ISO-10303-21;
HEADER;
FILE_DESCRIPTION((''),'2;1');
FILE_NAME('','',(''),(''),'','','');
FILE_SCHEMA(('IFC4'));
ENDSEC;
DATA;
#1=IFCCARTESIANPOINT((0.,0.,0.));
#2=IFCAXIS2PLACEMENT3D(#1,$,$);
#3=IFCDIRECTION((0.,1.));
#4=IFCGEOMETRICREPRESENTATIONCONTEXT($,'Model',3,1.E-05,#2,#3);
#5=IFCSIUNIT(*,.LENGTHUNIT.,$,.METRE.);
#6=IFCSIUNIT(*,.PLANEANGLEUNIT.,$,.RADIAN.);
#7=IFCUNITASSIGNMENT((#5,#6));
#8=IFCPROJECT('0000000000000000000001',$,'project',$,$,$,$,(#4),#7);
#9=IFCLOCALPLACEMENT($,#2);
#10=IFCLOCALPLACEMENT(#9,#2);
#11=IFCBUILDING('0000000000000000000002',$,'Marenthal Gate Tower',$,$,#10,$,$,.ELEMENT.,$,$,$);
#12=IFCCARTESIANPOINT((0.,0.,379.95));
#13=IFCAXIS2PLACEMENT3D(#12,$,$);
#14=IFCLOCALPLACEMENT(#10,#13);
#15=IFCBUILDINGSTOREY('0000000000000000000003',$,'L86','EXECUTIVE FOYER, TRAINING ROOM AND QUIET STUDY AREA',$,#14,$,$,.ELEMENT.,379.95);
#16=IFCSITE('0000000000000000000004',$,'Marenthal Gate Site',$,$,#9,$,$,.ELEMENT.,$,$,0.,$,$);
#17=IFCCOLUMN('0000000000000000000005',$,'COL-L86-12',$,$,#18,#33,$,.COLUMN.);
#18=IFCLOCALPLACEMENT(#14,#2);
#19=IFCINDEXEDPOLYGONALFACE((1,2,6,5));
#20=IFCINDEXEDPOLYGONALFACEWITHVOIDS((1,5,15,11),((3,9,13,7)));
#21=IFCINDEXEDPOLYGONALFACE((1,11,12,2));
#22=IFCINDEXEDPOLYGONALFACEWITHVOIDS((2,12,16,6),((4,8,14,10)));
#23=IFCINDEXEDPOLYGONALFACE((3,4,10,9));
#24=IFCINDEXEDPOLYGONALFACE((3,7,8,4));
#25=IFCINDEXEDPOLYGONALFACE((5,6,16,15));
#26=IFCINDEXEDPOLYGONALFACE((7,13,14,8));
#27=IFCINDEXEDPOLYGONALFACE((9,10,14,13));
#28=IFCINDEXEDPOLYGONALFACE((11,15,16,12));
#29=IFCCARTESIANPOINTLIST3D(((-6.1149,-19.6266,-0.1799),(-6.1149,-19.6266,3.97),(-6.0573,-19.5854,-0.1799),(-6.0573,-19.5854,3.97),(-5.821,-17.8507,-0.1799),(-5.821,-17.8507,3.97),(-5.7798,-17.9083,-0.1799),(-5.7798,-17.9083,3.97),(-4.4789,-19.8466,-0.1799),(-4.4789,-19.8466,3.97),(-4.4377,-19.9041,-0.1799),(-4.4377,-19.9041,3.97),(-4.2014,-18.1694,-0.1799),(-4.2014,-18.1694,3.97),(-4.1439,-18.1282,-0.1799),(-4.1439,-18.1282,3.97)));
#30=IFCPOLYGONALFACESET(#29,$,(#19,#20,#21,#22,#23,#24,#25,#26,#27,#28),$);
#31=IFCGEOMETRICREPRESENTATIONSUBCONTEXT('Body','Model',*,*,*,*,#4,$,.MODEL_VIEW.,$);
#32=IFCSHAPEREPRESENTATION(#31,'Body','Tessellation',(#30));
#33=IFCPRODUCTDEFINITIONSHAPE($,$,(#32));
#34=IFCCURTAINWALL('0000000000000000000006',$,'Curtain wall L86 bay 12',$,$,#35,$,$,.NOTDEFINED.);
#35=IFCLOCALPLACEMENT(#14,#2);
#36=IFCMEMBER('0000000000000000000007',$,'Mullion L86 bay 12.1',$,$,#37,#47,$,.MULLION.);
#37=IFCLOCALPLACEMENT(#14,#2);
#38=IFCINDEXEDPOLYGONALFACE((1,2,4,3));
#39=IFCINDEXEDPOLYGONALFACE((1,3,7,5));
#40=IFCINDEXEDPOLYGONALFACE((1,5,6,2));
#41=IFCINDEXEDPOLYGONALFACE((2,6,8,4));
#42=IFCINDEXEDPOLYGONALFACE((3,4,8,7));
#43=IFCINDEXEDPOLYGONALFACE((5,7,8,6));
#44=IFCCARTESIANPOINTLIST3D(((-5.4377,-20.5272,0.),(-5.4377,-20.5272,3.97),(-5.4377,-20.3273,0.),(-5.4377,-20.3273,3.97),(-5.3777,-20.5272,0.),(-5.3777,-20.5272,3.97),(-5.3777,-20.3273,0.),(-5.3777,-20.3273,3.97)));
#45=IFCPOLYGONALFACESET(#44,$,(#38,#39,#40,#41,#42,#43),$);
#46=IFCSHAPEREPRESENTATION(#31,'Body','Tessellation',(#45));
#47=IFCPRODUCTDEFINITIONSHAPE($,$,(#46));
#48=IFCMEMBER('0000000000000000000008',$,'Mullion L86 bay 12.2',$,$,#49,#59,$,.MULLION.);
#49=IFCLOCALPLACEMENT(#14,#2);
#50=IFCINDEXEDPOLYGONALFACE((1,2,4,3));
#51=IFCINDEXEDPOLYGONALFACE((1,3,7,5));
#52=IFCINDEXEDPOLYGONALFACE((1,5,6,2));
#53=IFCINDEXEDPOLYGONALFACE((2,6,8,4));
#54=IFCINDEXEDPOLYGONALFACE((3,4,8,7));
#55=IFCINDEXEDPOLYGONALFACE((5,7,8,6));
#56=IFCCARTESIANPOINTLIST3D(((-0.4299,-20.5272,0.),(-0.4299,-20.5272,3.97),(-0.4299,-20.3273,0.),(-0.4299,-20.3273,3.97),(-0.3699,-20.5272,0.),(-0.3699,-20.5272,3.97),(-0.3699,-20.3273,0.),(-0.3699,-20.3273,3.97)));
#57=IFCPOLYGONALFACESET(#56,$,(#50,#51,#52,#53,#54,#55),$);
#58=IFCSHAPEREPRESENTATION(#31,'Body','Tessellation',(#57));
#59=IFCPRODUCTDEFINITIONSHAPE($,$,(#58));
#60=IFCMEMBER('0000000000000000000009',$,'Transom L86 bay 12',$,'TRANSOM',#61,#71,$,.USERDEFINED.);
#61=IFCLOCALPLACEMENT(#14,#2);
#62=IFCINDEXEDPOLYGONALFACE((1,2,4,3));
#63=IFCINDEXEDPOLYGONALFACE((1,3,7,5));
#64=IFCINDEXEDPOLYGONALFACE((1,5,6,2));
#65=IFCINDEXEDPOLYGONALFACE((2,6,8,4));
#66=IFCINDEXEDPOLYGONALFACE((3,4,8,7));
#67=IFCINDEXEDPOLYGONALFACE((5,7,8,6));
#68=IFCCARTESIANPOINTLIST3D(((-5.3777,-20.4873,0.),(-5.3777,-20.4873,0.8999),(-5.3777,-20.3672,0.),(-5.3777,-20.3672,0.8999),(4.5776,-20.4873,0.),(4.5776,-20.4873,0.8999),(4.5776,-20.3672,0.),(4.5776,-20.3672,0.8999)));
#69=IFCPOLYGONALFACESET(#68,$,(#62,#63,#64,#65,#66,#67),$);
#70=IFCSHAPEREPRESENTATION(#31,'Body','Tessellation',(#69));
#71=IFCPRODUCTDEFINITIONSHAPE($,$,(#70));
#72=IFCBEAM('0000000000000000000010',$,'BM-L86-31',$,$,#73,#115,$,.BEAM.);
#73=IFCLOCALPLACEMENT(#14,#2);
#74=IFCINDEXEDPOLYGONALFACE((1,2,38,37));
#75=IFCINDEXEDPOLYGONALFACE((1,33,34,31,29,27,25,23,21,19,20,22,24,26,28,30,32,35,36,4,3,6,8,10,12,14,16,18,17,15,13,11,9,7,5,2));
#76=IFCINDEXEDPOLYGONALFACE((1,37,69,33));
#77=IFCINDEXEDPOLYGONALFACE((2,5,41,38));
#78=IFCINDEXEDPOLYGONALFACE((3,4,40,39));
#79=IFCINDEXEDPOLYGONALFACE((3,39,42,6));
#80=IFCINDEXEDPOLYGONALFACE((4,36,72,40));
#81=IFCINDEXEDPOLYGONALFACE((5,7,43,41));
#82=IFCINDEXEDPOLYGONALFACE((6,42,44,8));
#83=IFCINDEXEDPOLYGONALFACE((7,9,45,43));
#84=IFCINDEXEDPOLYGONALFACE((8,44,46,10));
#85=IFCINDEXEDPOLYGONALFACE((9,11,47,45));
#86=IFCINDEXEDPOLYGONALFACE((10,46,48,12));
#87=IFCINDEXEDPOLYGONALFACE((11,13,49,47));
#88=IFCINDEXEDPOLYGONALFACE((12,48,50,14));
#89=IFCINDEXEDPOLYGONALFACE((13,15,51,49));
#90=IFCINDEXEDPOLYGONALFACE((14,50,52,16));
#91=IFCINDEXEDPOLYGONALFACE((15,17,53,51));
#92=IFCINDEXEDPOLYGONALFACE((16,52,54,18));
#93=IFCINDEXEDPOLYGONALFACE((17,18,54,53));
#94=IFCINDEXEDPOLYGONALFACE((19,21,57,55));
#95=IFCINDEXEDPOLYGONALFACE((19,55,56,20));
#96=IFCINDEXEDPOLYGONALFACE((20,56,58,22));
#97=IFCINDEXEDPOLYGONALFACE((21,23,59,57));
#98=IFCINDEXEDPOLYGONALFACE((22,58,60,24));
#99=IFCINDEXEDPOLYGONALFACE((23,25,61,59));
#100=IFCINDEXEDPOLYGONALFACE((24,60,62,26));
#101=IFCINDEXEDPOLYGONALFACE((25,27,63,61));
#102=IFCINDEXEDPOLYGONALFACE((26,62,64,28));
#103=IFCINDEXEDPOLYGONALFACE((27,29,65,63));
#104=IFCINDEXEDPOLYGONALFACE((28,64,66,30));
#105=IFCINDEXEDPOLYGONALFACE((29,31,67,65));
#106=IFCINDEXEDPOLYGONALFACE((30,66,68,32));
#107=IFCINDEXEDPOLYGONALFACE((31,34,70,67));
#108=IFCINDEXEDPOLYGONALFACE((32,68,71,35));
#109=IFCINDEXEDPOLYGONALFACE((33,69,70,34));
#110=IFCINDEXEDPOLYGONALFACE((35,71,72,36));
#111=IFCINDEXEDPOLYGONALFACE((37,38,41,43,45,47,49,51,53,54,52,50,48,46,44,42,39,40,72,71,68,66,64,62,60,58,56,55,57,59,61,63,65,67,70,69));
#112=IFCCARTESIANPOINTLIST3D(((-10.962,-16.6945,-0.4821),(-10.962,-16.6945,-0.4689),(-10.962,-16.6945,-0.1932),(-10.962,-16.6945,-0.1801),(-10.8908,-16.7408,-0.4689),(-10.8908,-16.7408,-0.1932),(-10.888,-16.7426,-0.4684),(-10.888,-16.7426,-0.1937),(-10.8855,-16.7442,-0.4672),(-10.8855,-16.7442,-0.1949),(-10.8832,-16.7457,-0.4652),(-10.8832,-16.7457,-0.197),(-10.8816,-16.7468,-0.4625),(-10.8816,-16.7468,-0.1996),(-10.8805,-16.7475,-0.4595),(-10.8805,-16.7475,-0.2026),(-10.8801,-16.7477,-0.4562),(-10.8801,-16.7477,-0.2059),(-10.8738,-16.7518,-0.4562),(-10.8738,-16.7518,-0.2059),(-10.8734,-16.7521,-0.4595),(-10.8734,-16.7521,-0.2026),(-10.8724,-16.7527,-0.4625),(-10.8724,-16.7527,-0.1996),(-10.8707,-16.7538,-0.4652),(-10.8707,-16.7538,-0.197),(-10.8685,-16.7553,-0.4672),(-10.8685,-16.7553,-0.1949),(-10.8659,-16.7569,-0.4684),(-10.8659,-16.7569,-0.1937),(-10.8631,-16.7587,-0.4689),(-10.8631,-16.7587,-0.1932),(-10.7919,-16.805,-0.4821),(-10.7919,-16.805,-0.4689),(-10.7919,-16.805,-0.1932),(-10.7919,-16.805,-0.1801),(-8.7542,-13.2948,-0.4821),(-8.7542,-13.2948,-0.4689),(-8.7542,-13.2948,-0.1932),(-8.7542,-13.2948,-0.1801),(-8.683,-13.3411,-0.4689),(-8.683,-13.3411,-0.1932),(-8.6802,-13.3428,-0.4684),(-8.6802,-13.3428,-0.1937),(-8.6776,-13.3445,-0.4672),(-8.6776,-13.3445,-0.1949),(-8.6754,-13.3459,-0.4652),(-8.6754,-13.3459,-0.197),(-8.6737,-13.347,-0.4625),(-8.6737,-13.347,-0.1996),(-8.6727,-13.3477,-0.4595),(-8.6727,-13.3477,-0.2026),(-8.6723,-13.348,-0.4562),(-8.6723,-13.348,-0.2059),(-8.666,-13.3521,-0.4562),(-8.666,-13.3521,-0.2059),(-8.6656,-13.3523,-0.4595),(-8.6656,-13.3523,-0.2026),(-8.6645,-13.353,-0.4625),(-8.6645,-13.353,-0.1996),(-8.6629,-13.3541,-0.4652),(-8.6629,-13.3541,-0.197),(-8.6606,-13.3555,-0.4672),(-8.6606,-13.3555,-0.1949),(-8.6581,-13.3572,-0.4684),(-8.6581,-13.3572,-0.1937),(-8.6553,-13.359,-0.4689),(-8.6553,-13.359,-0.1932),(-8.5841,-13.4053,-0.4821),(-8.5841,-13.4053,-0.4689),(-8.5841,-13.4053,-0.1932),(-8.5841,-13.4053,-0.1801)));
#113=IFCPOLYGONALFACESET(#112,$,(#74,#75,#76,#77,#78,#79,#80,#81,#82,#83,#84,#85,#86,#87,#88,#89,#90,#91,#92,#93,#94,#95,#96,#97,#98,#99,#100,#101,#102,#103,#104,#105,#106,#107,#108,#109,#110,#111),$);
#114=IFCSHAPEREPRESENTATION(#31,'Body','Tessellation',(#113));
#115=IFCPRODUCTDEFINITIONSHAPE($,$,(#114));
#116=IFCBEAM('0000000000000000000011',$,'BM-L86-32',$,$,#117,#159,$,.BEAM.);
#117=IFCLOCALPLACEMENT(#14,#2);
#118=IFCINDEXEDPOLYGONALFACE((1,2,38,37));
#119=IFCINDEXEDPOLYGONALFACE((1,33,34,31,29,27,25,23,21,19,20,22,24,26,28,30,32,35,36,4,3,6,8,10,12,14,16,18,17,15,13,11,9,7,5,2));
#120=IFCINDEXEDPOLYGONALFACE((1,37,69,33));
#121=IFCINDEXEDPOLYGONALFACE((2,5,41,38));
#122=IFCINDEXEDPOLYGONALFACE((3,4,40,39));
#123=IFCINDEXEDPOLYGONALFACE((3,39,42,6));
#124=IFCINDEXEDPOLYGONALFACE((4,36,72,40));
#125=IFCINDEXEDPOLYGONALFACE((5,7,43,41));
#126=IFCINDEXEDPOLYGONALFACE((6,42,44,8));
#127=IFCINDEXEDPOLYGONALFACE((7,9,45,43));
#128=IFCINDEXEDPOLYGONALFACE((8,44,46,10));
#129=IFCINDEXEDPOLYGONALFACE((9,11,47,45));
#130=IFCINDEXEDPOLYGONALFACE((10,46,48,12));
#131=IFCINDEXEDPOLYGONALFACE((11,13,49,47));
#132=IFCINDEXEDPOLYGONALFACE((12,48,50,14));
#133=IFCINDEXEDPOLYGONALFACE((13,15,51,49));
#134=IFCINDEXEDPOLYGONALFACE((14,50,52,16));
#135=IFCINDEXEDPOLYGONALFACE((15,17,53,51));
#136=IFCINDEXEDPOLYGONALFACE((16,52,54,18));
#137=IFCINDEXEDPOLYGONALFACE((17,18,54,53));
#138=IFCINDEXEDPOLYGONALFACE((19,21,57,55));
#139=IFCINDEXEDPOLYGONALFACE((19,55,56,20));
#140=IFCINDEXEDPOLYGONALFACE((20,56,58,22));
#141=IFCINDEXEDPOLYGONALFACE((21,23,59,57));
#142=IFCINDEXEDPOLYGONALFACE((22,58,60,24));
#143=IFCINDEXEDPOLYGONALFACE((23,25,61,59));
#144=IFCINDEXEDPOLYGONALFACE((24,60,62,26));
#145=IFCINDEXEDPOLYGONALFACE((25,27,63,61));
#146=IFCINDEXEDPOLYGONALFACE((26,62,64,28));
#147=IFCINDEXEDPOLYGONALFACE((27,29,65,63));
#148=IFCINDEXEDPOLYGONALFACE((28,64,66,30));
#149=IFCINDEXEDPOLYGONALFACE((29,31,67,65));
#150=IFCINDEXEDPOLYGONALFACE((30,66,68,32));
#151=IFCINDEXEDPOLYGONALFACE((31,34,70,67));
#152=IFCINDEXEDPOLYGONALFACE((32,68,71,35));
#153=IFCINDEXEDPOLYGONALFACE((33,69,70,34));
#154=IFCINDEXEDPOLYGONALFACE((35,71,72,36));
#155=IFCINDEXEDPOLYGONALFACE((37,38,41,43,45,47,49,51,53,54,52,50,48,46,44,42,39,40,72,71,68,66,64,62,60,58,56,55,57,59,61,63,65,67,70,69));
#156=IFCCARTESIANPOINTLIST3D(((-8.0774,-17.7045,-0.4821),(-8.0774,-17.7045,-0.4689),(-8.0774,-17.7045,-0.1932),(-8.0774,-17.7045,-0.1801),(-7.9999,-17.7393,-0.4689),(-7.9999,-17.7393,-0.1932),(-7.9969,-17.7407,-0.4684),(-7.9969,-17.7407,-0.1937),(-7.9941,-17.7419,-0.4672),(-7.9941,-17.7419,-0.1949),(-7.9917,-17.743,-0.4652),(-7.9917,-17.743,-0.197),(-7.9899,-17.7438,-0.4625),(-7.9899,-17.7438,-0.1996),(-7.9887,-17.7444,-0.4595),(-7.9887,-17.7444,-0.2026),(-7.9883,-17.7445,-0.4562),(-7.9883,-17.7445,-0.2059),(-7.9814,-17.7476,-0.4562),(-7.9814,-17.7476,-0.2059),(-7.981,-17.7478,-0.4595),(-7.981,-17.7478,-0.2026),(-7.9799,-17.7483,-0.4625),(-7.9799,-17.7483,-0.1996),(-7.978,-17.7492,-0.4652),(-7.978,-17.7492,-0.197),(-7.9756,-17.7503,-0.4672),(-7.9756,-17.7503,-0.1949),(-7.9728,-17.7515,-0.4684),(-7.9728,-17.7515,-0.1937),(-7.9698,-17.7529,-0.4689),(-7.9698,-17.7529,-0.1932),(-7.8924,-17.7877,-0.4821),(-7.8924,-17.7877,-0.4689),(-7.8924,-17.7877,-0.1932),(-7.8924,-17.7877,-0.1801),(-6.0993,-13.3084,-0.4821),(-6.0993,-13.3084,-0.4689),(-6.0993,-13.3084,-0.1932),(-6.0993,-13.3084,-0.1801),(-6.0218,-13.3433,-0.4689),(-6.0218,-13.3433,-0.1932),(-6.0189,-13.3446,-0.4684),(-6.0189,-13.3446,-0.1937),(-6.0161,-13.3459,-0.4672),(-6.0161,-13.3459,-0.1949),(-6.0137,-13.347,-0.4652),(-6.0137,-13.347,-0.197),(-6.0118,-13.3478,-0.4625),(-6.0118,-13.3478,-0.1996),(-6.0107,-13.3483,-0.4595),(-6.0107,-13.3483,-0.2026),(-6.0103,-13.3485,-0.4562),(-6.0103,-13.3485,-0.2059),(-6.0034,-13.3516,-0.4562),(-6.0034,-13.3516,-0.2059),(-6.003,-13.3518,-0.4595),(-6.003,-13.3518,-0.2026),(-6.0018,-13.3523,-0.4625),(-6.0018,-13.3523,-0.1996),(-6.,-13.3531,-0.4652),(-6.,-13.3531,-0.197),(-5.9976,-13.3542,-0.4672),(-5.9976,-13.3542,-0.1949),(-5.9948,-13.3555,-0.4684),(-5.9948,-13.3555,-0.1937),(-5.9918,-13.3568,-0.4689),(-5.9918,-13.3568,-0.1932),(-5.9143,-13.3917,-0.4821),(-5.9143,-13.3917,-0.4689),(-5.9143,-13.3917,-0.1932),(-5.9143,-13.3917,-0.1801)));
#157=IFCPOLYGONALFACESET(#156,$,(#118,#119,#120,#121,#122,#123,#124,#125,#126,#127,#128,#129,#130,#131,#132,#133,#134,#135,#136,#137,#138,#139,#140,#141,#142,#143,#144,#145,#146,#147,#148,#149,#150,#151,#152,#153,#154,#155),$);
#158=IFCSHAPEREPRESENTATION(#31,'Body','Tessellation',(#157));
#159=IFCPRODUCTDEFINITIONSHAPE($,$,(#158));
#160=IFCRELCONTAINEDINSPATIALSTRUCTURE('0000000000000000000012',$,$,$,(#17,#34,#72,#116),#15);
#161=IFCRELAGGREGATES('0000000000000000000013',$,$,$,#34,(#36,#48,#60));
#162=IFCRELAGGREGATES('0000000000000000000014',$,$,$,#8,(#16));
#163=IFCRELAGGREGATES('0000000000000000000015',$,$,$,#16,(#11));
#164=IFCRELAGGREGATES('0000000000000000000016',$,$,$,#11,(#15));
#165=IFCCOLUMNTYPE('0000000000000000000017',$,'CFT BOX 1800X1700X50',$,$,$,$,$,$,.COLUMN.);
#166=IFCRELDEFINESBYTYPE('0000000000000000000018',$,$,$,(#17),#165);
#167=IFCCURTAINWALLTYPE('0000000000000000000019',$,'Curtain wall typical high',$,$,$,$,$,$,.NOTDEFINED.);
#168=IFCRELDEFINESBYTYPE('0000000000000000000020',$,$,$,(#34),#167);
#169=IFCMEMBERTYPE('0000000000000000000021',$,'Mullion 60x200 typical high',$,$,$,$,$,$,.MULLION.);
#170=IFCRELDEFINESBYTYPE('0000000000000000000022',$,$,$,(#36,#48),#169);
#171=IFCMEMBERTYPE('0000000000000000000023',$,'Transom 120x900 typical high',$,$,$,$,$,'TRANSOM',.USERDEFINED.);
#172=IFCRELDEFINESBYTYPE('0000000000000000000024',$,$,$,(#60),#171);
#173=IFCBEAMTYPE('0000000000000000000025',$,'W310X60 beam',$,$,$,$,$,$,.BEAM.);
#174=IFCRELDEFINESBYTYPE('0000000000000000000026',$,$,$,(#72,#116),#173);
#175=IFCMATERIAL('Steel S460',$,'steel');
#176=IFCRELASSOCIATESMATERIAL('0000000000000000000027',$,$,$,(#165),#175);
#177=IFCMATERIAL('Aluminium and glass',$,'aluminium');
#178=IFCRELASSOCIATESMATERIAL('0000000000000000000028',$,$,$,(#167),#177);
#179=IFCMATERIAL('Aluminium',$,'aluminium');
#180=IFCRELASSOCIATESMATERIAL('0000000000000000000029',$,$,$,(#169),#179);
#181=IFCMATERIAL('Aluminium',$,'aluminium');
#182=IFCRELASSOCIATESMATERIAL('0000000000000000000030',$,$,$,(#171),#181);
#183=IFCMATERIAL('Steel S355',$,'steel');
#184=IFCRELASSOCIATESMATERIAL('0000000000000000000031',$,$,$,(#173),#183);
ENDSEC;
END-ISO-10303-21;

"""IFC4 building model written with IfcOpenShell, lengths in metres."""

from ifc_helpers import new_model, si_unit, direction, frame, origin, origin_2d, place, context, subcontext, project, spatial, rectangle, hollow_rectangle, i_section, extrude, material, material_profile, profile_set, type_object, element, aggregate, save


model = new_model("IFC4")

# Units and contexts
model_context = context("Model", 3, precision=1e-05, world=origin(), true_north=direction((0.0, 1.0)))
body_context = subcontext(model_context, "Body", "Model", "MODEL_VIEW")
ifc_project = project(units=[si_unit("LENGTHUNIT", "METRE"), si_unit("PLANEANGLEUNIT", "RADIAN")], contexts=[model_context])

# Site, building, storey
site_placement = place(None, origin())
site = spatial("IfcSite", under=ifc_project, at=site_placement, Name="Marenthal Gate Site", CompositionType="ELEMENT", RefElevation=0.0)
building_placement = place(site_placement, origin())
building = spatial("IfcBuilding", under=site, at=building_placement, Name="Marenthal Gate Tower", CompositionType="ELEMENT")
storey_placement = place(building_placement, frame((0.0, 0.0, 379.95)))
storey = spatial("IfcBuildingStorey", under=building, at=storey_placement, Name="L86", Description="EXECUTIVE FOYER, TRAINING ROOM AND QUIET STUDY AREA", CompositionType="ELEMENT", Elevation=379.95)

# Column
ifc_material_1 = material(Name="Steel S460", Category="steel")
ifc_material_profile_1 = material_profile(ifc_material_1, hollow_rectangle(XDim=1.7, YDim=1.8, WallThickness=0.05, at=origin_2d()), Name="CFT BOX 1800X1700X50")
ifc_material_2 = material(Name="Concrete 70 MPa", Category="concrete")
ifc_material_profile_2 = material_profile(ifc_material_2, rectangle(XDim=1.6001, YDim=1.7, at=origin_2d()), Name="CFT BOX 1800X1700X50 INFILL")
ifc_profile_set_1 = profile_set([ifc_material_profile_1, ifc_material_profile_2], Name="Steel S460 shell, Concrete 70 MPa infill")
column_type = type_object("IfcColumnType", Name="CFT BOX 1800X1700X50", PredefinedType="COLUMN", material=ifc_profile_set_1)
column_placement = place(storey_placement, frame((-5.1294, -18.8774, -0.1799), z_axis=(0.0, 0.0, 1.0), x_axis=(-0.986586, 0.16324, 0.0)))
element("IfcColumn", 1, at=column_placement, inside=storey, type_object=column_type, Name="COL-L86-12", PredefinedType="COLUMN", context=body_context, shape_type="SweptSolid", body=[
    extrude(hollow_rectangle(XDim=1.7, YDim=1.8, WallThickness=0.05, at=origin_2d()), origin(), (0.0, 0.0, 1.0), 4.1499),
])

# Curtain wall, members
ifc_material_3 = material(Name="Aluminium and glass", Category="aluminium")
curtain_wall_type = type_object("IfcCurtainWallType", Name="Curtain wall typical high", PredefinedType="NOTDEFINED", material=ifc_material_3)
curtain_wall_placement = place(storey_placement, origin())
curtain_wall = element("IfcCurtainWall", 2, at=curtain_wall_placement, inside=storey, type_object=curtain_wall_type, Name="Curtain wall L86 bay 12", PredefinedType="NOTDEFINED")
ifc_material_4 = material(Name="Aluminium", Category="aluminium")
ifc_material_profile_3 = material_profile(ifc_material_4, rectangle(XDim=0.2, YDim=0.0601, at=origin_2d()), Name="60x200 aluminium mullion")
ifc_profile_set_2 = profile_set([ifc_material_profile_3], Name="Aluminium")
member_type_1 = type_object("IfcMemberType", Name="Mullion 60x200 typical high", PredefinedType="MULLION", material=ifc_profile_set_2)
member_1_placement = place(storey_placement, frame((-5.4077, -20.4272, 0.0), z_axis=(0.0, 0.0, 1.0), x_axis=(0.0, 1.0, 0.0)))
member_1 = element("IfcMember", 3, at=member_1_placement, type_object=member_type_1, Name="Mullion L86 bay 12.1", PredefinedType="MULLION", context=body_context, shape_type="SweptSolid", body=[
    extrude(rectangle(XDim=0.2, YDim=0.0601, at=origin_2d()), origin(), (0.0, 0.0, 1.0), 3.97),
])
member_2_placement = place(storey_placement, frame((-0.3999, -20.4272, 0.0), z_axis=(0.0, 0.0, 1.0), x_axis=(0.0, 1.0, 0.0)))
member_2 = element("IfcMember", 4, at=member_2_placement, type_object=member_type_1, Name="Mullion L86 bay 12.2", PredefinedType="MULLION", context=body_context, shape_type="SweptSolid", body=[
    extrude(rectangle(XDim=0.2, YDim=0.0601, at=origin_2d()), origin(), (0.0, 0.0, 1.0), 3.97),
])
ifc_material_5 = material(Name="Aluminium", Category="aluminium")
ifc_material_profile_4 = material_profile(ifc_material_5, rectangle(XDim=0.1201, YDim=0.8999, at=origin_2d()), Name="120x900 aluminium transom")
ifc_profile_set_3 = profile_set([ifc_material_profile_4], Name="Aluminium")
member_type_2 = type_object("IfcMemberType", Name="Transom 120x900 typical high", ElementType="TRANSOM", PredefinedType="USERDEFINED", material=ifc_profile_set_3)
member_3_placement = place(storey_placement, frame((-5.3777, -20.4272, 0.45), z_axis=(1.0, 0.0, 0.0), x_axis=(0.0, 1.0, 0.0)))
member_3 = element("IfcMember", 5, at=member_3_placement, type_object=member_type_2, Name="Transom L86 bay 12", ObjectType="TRANSOM", PredefinedType="USERDEFINED", context=body_context, shape_type="SweptSolid", body=[
    extrude(rectangle(XDim=0.1201, YDim=0.8999, at=origin_2d()), origin(), (0.0, 0.0, 1.0), 9.9553),
])

# Beams
ifc_material_6 = material(Name="Steel S355", Category="steel")
ifc_material_profile_5 = material_profile(ifc_material_6, i_section(OverallWidth=0.2029, OverallDepth=0.302, WebThickness=0.0076, FlangeThickness=0.0132, FilletRadius=0.0127, at=origin_2d()), Name="W310X60")
ifc_profile_set_4 = profile_set([ifc_material_profile_5], Name="Steel S355")
beam_type_1 = type_object("IfcBeamType", Name="W310X60 beam", PredefinedType="BEAM", material=ifc_profile_set_4)
beam_1_placement = place(storey_placement, frame((-10.877, -16.7498, -0.3311), z_axis=(0.544639, 0.838671, 0.0), x_axis=(-0.838671, 0.544639, 0.0)))
element("IfcBeam", 6, at=beam_1_placement, inside=storey, type_object=beam_type_1, Name="BM-L86-31", PredefinedType="BEAM", context=body_context, shape_type="SweptSolid", body=[
    extrude(i_section(OverallWidth=0.2029, OverallDepth=0.302, WebThickness=0.0076, FlangeThickness=0.0132, FilletRadius=0.0127, at=origin_2d()), origin(), (0.0, 0.0, 1.0), 4.0537),
])
beam_2_placement = place(storey_placement, frame((-7.9849, -17.7461, -0.3311), z_axis=(0.410335, 0.911935, 0.0), x_axis=(-0.911935, 0.410335, 0.0)))
element("IfcBeam", 7, at=beam_2_placement, inside=storey, type_object=beam_type_1, Name="BM-L86-32", PredefinedType="BEAM", context=body_context, shape_type="SweptSolid", body=[
    extrude(i_section(OverallWidth=0.2029, OverallDepth=0.302, WebThickness=0.0076, FlangeThickness=0.0132, FilletRadius=0.0127, at=origin_2d()), origin(), (0.0, 0.0, 1.0), 4.8206),
])

aggregate(curtain_wall, [member_1, member_2, member_3])

save(model, "model.ifc")
